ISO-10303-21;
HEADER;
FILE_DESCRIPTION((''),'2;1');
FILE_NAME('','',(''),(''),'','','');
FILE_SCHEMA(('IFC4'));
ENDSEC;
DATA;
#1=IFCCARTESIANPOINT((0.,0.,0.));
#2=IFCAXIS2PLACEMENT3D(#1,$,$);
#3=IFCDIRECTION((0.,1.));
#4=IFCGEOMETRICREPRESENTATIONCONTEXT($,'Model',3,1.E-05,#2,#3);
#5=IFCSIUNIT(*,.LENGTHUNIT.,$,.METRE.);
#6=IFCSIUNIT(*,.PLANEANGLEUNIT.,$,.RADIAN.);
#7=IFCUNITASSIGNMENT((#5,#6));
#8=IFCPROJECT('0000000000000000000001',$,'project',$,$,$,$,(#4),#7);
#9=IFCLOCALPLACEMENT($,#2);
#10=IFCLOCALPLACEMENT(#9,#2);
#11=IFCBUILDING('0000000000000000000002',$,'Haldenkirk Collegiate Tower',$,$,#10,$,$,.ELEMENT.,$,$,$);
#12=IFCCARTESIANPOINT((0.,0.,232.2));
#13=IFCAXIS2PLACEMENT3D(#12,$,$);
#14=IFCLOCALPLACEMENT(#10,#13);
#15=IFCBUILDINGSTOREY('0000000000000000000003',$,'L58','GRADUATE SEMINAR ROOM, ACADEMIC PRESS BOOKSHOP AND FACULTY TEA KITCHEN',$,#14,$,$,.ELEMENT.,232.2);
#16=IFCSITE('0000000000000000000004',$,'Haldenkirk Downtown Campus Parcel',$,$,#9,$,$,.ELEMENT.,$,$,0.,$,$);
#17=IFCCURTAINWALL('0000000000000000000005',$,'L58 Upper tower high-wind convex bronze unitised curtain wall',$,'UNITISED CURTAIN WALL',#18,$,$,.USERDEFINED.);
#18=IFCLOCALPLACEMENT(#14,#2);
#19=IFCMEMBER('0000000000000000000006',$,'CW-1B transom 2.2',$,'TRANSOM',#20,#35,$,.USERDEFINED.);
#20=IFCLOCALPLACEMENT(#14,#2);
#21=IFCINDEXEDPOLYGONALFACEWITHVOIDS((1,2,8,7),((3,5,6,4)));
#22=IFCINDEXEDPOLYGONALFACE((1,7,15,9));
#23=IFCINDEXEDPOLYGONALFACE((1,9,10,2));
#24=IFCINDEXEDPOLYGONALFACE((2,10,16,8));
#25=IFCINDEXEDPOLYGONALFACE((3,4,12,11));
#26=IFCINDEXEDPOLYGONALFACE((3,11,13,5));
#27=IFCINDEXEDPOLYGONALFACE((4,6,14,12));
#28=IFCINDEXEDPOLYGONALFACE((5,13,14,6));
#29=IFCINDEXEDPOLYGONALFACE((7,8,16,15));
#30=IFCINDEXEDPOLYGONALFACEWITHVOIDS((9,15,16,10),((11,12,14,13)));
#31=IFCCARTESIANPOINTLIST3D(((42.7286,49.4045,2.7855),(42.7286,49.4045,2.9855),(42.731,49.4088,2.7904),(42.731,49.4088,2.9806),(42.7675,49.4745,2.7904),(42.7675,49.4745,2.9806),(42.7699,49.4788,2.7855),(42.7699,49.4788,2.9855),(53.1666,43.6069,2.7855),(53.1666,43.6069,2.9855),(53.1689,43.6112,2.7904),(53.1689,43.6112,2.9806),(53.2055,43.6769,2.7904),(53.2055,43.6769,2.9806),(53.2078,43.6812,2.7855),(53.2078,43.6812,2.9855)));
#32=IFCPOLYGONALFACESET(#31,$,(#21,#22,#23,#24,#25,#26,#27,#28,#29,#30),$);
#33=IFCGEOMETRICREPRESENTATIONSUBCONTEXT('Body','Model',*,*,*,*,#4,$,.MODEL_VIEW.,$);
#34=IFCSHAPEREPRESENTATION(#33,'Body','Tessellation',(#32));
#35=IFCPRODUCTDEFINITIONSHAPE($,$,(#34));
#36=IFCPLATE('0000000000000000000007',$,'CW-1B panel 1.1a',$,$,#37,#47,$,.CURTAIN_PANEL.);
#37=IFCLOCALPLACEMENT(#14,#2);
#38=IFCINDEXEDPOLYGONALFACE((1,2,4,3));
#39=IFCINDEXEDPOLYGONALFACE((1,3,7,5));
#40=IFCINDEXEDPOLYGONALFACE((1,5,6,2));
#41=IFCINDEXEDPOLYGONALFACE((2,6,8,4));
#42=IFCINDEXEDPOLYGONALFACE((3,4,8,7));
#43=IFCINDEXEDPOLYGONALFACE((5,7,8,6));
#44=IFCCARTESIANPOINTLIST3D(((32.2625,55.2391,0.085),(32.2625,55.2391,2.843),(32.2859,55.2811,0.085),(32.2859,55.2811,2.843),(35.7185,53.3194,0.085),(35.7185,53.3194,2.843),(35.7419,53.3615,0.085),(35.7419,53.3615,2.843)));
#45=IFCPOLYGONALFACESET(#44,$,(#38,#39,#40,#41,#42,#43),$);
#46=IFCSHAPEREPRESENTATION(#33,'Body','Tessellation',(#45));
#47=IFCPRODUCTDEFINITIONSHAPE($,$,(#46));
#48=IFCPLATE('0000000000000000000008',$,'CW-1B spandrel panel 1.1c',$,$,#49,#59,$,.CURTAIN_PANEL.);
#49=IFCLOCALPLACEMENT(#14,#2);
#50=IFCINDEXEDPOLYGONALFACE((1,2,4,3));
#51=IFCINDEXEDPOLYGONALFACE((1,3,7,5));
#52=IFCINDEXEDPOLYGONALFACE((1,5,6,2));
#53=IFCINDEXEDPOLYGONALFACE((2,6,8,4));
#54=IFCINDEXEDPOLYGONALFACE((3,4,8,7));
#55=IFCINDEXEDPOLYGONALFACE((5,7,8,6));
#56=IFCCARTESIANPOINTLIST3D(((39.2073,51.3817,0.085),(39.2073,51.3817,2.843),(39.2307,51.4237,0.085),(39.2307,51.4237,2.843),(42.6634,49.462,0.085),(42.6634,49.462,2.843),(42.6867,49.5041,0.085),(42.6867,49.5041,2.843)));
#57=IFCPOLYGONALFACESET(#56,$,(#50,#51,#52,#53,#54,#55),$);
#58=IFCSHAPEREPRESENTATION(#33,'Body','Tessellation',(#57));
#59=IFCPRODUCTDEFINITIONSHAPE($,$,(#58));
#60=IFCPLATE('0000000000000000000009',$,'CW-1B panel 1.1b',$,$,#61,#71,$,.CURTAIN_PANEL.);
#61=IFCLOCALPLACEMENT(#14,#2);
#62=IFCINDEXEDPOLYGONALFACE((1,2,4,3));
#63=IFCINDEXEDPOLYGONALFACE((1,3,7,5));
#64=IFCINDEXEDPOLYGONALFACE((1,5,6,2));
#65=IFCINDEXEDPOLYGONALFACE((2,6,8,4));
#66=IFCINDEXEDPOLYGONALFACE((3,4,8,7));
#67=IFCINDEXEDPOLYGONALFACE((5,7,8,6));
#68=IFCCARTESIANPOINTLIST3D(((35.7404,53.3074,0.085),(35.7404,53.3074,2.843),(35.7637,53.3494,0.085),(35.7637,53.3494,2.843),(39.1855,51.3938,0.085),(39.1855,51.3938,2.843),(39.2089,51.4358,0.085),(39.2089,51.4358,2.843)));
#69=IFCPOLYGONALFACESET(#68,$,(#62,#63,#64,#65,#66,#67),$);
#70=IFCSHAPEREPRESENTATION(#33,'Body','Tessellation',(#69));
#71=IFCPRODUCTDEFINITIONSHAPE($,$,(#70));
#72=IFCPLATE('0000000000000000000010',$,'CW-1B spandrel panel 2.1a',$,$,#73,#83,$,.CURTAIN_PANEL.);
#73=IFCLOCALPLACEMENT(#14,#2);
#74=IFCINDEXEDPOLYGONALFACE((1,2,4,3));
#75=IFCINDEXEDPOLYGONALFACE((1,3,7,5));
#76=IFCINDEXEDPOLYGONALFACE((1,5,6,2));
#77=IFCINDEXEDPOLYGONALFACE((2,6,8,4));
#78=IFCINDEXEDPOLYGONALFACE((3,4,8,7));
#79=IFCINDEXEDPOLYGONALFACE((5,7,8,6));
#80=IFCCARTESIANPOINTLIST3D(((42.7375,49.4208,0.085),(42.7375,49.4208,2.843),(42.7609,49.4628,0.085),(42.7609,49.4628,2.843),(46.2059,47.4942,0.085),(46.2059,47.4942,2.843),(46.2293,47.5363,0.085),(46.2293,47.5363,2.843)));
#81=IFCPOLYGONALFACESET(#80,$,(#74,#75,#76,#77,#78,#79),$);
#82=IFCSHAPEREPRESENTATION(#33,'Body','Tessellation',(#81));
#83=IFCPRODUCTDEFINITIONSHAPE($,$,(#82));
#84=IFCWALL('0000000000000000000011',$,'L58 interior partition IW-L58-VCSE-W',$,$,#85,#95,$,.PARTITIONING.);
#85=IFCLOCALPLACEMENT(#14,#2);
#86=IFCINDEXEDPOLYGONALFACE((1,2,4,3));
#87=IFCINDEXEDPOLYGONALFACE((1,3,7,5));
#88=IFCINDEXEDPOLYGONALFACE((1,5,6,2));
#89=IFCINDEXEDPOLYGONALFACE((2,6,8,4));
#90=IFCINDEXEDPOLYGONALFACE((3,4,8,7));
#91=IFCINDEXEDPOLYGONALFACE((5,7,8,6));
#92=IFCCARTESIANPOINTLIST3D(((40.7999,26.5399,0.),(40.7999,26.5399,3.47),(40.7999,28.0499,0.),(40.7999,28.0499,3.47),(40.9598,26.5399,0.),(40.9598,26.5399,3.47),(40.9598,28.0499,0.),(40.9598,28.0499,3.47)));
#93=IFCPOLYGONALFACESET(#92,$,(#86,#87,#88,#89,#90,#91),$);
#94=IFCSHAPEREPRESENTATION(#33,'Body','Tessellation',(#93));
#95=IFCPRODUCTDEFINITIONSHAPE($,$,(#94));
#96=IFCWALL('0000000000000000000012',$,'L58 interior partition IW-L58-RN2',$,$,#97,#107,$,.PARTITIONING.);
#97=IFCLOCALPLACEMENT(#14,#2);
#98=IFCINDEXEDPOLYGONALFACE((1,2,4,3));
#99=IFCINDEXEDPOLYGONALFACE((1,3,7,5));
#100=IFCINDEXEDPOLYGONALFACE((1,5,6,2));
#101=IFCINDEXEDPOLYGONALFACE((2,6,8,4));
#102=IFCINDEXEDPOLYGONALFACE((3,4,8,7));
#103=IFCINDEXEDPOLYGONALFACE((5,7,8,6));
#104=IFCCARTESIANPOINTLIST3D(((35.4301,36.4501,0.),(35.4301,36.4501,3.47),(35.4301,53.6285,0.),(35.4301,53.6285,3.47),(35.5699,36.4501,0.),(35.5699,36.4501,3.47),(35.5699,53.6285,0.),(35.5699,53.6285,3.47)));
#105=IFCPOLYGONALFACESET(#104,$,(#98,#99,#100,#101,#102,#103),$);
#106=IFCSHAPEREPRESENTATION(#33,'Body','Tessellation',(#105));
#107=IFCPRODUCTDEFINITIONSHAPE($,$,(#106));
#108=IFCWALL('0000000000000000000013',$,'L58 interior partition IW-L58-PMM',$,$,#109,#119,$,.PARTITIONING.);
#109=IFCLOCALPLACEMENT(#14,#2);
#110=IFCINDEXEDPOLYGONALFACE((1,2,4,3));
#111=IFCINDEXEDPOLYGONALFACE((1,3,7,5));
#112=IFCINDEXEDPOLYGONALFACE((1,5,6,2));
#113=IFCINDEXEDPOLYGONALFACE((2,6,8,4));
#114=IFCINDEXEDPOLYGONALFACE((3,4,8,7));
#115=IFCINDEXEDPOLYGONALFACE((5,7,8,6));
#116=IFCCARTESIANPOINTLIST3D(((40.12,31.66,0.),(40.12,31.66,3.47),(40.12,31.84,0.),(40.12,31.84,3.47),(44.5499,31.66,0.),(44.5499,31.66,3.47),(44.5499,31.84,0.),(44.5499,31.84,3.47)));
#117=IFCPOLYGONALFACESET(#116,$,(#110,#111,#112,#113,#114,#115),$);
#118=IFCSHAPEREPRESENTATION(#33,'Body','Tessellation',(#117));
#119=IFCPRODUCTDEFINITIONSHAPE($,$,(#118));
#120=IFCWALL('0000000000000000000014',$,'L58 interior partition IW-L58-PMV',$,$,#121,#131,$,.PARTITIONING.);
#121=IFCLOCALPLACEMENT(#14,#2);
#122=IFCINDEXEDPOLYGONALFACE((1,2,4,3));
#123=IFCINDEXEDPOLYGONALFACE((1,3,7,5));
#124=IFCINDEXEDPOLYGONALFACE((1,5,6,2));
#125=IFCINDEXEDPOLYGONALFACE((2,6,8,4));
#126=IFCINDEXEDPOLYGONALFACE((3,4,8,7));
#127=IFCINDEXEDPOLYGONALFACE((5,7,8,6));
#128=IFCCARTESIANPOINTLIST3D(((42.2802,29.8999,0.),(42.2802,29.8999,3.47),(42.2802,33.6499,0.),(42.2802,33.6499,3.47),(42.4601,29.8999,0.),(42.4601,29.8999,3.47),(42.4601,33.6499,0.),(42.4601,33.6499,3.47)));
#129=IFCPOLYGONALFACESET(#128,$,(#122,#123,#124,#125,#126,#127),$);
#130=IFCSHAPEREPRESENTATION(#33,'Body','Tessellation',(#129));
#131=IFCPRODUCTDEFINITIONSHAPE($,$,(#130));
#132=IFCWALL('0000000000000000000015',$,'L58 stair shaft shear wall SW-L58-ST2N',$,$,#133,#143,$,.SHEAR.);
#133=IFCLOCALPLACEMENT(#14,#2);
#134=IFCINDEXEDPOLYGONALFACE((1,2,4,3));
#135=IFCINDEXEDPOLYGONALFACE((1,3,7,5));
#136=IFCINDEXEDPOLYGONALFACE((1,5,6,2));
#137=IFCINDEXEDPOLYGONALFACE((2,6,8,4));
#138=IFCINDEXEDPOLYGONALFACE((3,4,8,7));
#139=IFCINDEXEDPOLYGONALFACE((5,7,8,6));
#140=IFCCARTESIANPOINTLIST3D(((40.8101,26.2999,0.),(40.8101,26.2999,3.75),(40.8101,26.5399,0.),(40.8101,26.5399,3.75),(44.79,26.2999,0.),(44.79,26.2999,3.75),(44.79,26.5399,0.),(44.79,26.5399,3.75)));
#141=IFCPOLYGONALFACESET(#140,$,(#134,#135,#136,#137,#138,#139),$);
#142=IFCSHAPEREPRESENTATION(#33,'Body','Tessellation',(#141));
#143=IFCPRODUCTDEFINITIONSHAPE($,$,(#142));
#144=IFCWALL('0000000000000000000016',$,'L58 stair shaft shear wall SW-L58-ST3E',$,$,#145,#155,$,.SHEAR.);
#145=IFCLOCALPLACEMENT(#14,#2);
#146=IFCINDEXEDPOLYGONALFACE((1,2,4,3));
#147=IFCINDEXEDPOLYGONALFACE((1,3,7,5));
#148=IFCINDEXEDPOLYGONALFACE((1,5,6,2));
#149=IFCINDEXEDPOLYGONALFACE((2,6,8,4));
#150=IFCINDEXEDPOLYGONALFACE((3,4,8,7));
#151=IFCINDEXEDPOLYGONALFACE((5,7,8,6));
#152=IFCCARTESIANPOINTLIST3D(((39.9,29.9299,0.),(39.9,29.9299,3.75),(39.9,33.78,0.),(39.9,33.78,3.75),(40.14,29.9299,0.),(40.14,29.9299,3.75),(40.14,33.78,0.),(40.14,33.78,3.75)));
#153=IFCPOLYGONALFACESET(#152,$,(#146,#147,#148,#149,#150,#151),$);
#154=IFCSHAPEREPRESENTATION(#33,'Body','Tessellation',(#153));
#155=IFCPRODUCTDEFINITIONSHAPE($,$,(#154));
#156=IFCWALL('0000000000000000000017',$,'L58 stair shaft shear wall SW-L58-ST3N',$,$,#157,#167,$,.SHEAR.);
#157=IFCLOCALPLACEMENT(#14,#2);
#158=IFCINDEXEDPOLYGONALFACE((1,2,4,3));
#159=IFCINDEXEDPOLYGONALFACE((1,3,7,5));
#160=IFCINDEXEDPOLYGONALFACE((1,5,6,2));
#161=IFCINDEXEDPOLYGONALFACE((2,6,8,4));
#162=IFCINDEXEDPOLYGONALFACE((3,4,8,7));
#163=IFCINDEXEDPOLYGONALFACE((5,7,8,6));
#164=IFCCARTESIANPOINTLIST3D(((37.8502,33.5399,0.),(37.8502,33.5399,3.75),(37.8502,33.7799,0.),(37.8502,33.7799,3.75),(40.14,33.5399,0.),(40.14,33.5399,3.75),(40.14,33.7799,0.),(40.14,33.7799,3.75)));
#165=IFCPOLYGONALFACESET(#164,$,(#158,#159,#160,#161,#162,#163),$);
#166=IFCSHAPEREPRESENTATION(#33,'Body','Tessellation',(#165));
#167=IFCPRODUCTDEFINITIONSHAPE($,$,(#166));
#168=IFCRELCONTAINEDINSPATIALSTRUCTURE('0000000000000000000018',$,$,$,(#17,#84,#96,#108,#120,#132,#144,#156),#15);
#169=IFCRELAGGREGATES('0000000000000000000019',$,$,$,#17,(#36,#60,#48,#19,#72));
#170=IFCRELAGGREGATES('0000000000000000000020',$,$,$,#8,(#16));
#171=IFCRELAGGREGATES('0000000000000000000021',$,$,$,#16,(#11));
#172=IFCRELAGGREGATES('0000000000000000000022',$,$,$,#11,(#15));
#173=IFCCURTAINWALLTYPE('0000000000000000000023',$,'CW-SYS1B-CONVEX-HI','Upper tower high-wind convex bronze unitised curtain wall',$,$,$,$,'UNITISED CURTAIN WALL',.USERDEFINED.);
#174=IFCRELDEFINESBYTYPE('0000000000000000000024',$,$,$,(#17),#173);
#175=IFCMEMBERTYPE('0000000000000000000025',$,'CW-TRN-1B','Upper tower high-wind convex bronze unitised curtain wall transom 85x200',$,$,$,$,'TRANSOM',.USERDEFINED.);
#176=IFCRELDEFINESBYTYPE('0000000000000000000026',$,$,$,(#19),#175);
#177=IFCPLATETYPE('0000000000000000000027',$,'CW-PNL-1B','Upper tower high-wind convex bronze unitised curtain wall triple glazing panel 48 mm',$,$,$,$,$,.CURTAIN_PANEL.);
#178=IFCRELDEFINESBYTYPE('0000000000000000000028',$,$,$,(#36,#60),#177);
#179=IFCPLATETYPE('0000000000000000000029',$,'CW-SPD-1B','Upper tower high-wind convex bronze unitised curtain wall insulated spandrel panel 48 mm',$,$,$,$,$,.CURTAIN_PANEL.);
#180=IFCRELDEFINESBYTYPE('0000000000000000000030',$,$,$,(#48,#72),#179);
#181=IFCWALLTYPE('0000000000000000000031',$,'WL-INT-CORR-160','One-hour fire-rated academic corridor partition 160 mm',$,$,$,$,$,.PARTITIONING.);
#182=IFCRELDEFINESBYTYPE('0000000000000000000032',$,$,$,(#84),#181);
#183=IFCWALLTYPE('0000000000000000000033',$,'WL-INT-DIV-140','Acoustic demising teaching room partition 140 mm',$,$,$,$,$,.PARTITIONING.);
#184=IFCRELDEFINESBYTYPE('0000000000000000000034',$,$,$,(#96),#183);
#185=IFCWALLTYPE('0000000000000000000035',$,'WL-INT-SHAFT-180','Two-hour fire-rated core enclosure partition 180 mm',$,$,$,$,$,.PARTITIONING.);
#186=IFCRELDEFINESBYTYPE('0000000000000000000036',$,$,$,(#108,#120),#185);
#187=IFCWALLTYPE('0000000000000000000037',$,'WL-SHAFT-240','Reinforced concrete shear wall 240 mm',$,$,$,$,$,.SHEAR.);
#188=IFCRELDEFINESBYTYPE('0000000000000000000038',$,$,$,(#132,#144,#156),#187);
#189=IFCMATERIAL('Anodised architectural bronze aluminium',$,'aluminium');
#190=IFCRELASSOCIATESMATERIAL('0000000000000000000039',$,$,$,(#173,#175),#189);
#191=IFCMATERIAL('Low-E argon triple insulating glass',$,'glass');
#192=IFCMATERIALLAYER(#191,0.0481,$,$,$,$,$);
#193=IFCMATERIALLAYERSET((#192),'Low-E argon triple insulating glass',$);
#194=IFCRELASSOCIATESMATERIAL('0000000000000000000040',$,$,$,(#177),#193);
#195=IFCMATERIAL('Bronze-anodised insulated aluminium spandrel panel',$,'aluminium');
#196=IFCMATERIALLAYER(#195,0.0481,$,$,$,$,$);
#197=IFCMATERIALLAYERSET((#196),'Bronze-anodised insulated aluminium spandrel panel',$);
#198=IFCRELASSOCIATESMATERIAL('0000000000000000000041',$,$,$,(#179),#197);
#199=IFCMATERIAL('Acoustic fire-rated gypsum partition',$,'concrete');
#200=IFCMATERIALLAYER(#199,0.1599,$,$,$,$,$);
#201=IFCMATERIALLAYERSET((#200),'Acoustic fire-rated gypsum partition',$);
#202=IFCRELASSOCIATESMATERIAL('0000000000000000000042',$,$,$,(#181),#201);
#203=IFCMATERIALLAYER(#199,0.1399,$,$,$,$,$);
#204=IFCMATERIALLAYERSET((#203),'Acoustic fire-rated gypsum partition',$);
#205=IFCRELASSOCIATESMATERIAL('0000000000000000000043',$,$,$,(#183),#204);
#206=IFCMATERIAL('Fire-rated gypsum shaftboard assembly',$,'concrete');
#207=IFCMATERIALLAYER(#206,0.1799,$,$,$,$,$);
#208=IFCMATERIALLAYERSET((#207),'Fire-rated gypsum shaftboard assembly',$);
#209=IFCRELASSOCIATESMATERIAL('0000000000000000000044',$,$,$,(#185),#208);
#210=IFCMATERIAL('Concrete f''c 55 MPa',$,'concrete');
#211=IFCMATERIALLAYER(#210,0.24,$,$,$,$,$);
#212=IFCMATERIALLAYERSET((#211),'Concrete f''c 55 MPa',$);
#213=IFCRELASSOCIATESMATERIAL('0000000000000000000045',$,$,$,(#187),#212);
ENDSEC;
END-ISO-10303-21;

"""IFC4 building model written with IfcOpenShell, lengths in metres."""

from ifc_helpers import new_model, si_unit, direction, frame, frame_2d, origin, origin_2d, place, context, subcontext, project, spatial, rectangle, hollow_rectangle, extrude, source, transform, mapped, material, layer, layer_set, material_profile, profile_set, type_object, element, aggregate, save


model = new_model("IFC4")

# Units and contexts
model_context = context("Model", 3, precision=1e-05, world=origin(), true_north=direction((0.0, 1.0)))
body_context = subcontext(model_context, "Body", "Model", "MODEL_VIEW")
ifc_project = project(units=[si_unit("LENGTHUNIT", "METRE"), si_unit("PLANEANGLEUNIT", "RADIAN")], contexts=[model_context])

# Site, building, storey
site_placement = place(None, origin())
site = spatial("IfcSite", under=ifc_project, at=site_placement, Name="Haldenkirk Downtown Campus Parcel", CompositionType="ELEMENT", RefElevation=0.0)
building_placement = place(site_placement, origin())
building = spatial("IfcBuilding", under=site, at=building_placement, Name="Haldenkirk Collegiate Tower", CompositionType="ELEMENT")
storey_placement = place(building_placement, frame((0.0, 0.0, 232.2)))
storey = spatial("IfcBuildingStorey", under=building, at=storey_placement, Name="L58", Description="GRADUATE SEMINAR ROOM, ACADEMIC PRESS BOOKSHOP AND FACULTY TEA KITCHEN", CompositionType="ELEMENT", Elevation=232.2)

# Curtain wall, member, plates
ifc_material_1 = material(Name="Anodised architectural bronze aluminium", Category="aluminium")
curtain_wall_type = type_object("IfcCurtainWallType", Name="CW-SYS1B-CONVEX-HI", Description="Upper tower high-wind convex bronze unitised curtain wall", ElementType="UNITISED CURTAIN WALL", PredefinedType="USERDEFINED", material=ifc_material_1)
curtain_wall_placement = place(storey_placement, origin())
curtain_wall = element("IfcCurtainWall", 1, at=curtain_wall_placement, inside=storey, type_object=curtain_wall_type, Name="L58 Upper tower high-wind convex bronze unitised curtain wall", ObjectType="UNITISED CURTAIN WALL", PredefinedType="USERDEFINED")
ifc_material_profile_1 = material_profile(ifc_material_1, hollow_rectangle(XDim=0.085, YDim=0.2, WallThickness=0.0049, at=origin_2d()), Name="CW-TRN-1B")
ifc_profile_set_1 = profile_set([ifc_material_profile_1], Name="Anodised architectural bronze aluminium")
member_type_1 = type_object("IfcMemberType", Name="CW-TRN-1B", Description="Upper tower high-wind convex bronze unitised curtain wall transom 85x200", ElementType="TRANSOM", PredefinedType="USERDEFINED", material=ifc_profile_set_1)
member_1_placement = place(storey_placement, frame((42.7493, 49.4417, 2.8855), z_axis=(0.874203, -0.485561, 0.0), x_axis=(0.485561, 0.874203, 0.0)))
member_1 = element("IfcMember", 2, at=member_1_placement, type_object=member_type_1, Name="CW-1B transom 2.2", ObjectType="TRANSOM", PredefinedType="USERDEFINED", context=body_context, shape_type="SweptSolid", body=[
    extrude(hollow_rectangle(XDim=0.085, YDim=0.2, WallThickness=0.0049, at=origin_2d()), origin(), (0.0, 0.0, 1.0), 11.9399),
])
ifc_material_2 = material(Name="Low-E argon triple insulating glass", Category="glass")
ifc_layer_1 = layer(ifc_material_2, 0.0481)
ifc_layer_set_1 = layer_set([ifc_layer_1], Name="Low-E argon triple insulating glass")
plate_type_1 = type_object("IfcPlateType", Name="CW-PNL-1B", Description="Upper tower high-wind convex bronze unitised curtain wall triple glazing panel 48 mm", PredefinedType="CURTAIN_PANEL", material=ifc_layer_set_1)
shared_shape_1 = source(origin(), body_context, "Body", "SweptSolid", [
    extrude(rectangle(XDim=3.9534, YDim=0.0481, at=origin_2d()), origin(), (0.0, 0.0, 1.0), 2.7581),
])
plate_1_placement = place(storey_placement, frame((34.0022, 54.3003, 0.085), z_axis=(0.0, 0.0, 1.0), x_axis=(0.874196, -0.485572, 0.0)))
plate_1 = element("IfcPlate", 3, at=plate_1_placement, type_object=plate_type_1, Name="CW-1B panel 1.1a", PredefinedType="CURTAIN_PANEL", context=body_context, shape_type="MappedRepresentation", body=[
    mapped(shared_shape_1, transform((0.0, 0.0, 0.0), x_axis=(1.0, 0.0, 0.0), y_axis=(0.0, 1.0, 0.0), z_axis=(0.0, 0.0, 1.0), scale=1.0)),
])
ifc_material_3 = material(Name="Bronze-anodised insulated aluminium spandrel panel", Category="aluminium")
ifc_layer_2 = layer(ifc_material_3, 0.0481)
ifc_layer_set_2 = layer_set([ifc_layer_2], Name="Bronze-anodised insulated aluminium spandrel panel")
plate_type_2 = type_object("IfcPlateType", Name="CW-SPD-1B", Description="Upper tower high-wind convex bronze unitised curtain wall insulated spandrel panel 48 mm", PredefinedType="CURTAIN_PANEL", material=ifc_layer_set_2)
plate_2_placement = place(storey_placement, frame((40.947, 50.4429, 0.085), z_axis=(0.0, 0.0, 1.0), x_axis=(0.874196, -0.485572, 0.0)))
plate_2 = element("IfcPlate", 4, at=plate_2_placement, type_object=plate_type_2, Name="CW-1B spandrel panel 1.1c", PredefinedType="CURTAIN_PANEL", context=body_context, shape_type="MappedRepresentation", body=[
    mapped(shared_shape_1, transform((0.0, 0.0, 0.0), x_axis=(1.0, 0.0, 0.0), y_axis=(0.0, 1.0, 0.0), z_axis=(0.0, 0.0, 1.0), scale=1.0)),
])
shared_shape_2 = source(origin(), body_context, "Body", "SweptSolid", [
    extrude(rectangle(XDim=3.9409, YDim=0.0481, at=origin_2d()), origin(), (0.0, 0.0, 1.0), 2.7581),
])
plate_3_placement = place(storey_placement, frame((37.4746, 52.3716, 0.085), z_axis=(0.0, 0.0, 1.0), x_axis=(0.874196, -0.485572, 0.0)))
plate_3 = element("IfcPlate", 5, at=plate_3_placement, type_object=plate_type_1, Name="CW-1B panel 1.1b", PredefinedType="CURTAIN_PANEL", context=body_context, shape_type="MappedRepresentation", body=[
    mapped(shared_shape_2, transform((0.0, 0.0, 0.0), x_axis=(1.0, 0.0, 0.0), y_axis=(0.0, 1.0, 0.0), z_axis=(0.0, 0.0, 1.0), scale=1.0)),
])
shared_shape_3 = source(origin(), body_context, "Body", "SweptSolid", [
    extrude(rectangle(XDim=3.9675, YDim=0.0481, at=origin_2d()), origin(), (0.0, 0.0, 1.0), 2.7581),
])
plate_4_placement = place(storey_placement, frame((44.4834, 48.4785, 0.085), z_axis=(0.0, 0.0, 1.0), x_axis=(0.874196, -0.485572, 0.0)))
plate_4 = element("IfcPlate", 6, at=plate_4_placement, type_object=plate_type_2, Name="CW-1B spandrel panel 2.1a", PredefinedType="CURTAIN_PANEL", context=body_context, shape_type="MappedRepresentation", body=[
    mapped(shared_shape_3, transform((0.0, 0.0, 0.0), x_axis=(1.0, 0.0, 0.0), y_axis=(0.0, 1.0, 0.0), z_axis=(0.0, 0.0, 1.0), scale=1.0)),
])
aggregate(curtain_wall, [plate_1, plate_3, plate_2, member_1, plate_4])

# Shared definitions
ifc_material_4 = material(Name="Acoustic fire-rated gypsum partition", Category="concrete")
ifc_layer_3 = layer(ifc_material_4, 0.1599)
ifc_layer_set_3 = layer_set([ifc_layer_3], Name="Acoustic fire-rated gypsum partition")
wall_type_1 = type_object("IfcWallType", Name="WL-INT-CORR-160", Description="One-hour fire-rated academic corridor partition 160 mm", PredefinedType="PARTITIONING", material=ifc_layer_set_3)

# Walls
wall_1_placement = place(storey_placement, frame((40.8799, 26.54, 0.0), z_axis=(0.0, 0.0, 1.0), x_axis=(0.0, 1.0, 0.0)))
element("IfcWall", 7, at=wall_1_placement, inside=storey, type_object=wall_type_1, Name="L58 interior partition IW-L58-VCSE-W", PredefinedType="PARTITIONING", context=body_context, shape_type="SweptSolid", body=[
    extrude(rectangle(XDim=1.51, YDim=0.1599, at=frame_2d((0.7549, 0.0))), origin(), (0.0, 0.0, 1.0), 3.47),
])
ifc_layer_4 = layer(ifc_material_4, 0.1399)
ifc_layer_set_4 = layer_set([ifc_layer_4], Name="Acoustic fire-rated gypsum partition")
wall_type_2 = type_object("IfcWallType", Name="WL-INT-DIV-140", Description="Acoustic demising teaching room partition 140 mm", PredefinedType="PARTITIONING", material=ifc_layer_set_4)
wall_2_placement = place(storey_placement, frame((35.5, 36.45, 0.0), z_axis=(0.0, 0.0, 1.0), x_axis=(0.0, 1.0, 0.0)))
element("IfcWall", 8, at=wall_2_placement, inside=storey, type_object=wall_type_2, Name="L58 interior partition IW-L58-RN2", PredefinedType="PARTITIONING", context=body_context, shape_type="SweptSolid", body=[
    extrude(rectangle(XDim=17.1785, YDim=0.1399, at=frame_2d((8.5894, 0.0))), origin(), (0.0, 0.0, 1.0), 3.47),
])

# Shared definitions
ifc_material_5 = material(Name="Fire-rated gypsum shaftboard assembly", Category="concrete")
ifc_layer_5 = layer(ifc_material_5, 0.1799)
ifc_layer_set_5 = layer_set([ifc_layer_5], Name="Fire-rated gypsum shaftboard assembly")
wall_type_3 = type_object("IfcWallType", Name="WL-INT-SHAFT-180", Description="Two-hour fire-rated core enclosure partition 180 mm", PredefinedType="PARTITIONING", material=ifc_layer_set_5)

# Walls
wall_3_placement = place(storey_placement, frame((40.1201, 31.75, 0.0), z_axis=(0.0, 0.0, 1.0), x_axis=(1.0, 0.0, 0.0)))
element("IfcWall", 9, at=wall_3_placement, inside=storey, type_object=wall_type_3, Name="L58 interior partition IW-L58-PMM", PredefinedType="PARTITIONING", context=body_context, shape_type="SweptSolid", body=[
    extrude(rectangle(XDim=4.4299, YDim=0.1799, at=frame_2d((2.2148, 0.0))), origin(), (0.0, 0.0, 1.0), 3.47),
])
wall_4_placement = place(storey_placement, frame((42.3701, 29.8999, 0.0), z_axis=(0.0, 0.0, 1.0), x_axis=(0.0, 1.0, 0.0)))
element("IfcWall", 10, at=wall_4_placement, inside=storey, type_object=wall_type_3, Name="L58 interior partition IW-L58-PMV", PredefinedType="PARTITIONING", context=body_context, shape_type="SweptSolid", body=[
    extrude(rectangle(XDim=3.75, YDim=0.1799, at=frame_2d((1.875, 0.0))), origin(), (0.0, 0.0, 1.0), 3.47),
])
ifc_material_6 = material(Name="Concrete f'c 55 MPa", Category="concrete")
ifc_layer_6 = layer(ifc_material_6, 0.24)
ifc_layer_set_6 = layer_set([ifc_layer_6], Name="Concrete f'c 55 MPa")
wall_type_4 = type_object("IfcWallType", Name="WL-SHAFT-240", Description="Reinforced concrete shear wall 240 mm", PredefinedType="SHEAR", material=ifc_layer_set_6)
wall_5_placement = place(storey_placement, frame((40.8101, 26.4199, 0.0), z_axis=(0.0, 0.0, 1.0), x_axis=(1.0, 0.0, 0.0)))
element("IfcWall", 11, at=wall_5_placement, inside=storey, type_object=wall_type_4, Name="L58 stair shaft shear wall SW-L58-ST2N", PredefinedType="SHEAR", context=body_context, shape_type="SweptSolid", body=[
    extrude(rectangle(XDim=3.98, YDim=0.24, at=frame_2d((1.99, 0.0))), origin(), (0.0, 0.0, 1.0), 3.75),
])
wall_6_placement = place(storey_placement, frame((40.02, 29.9299, 0.0), z_axis=(0.0, 0.0, 1.0), x_axis=(0.0, 1.0, 0.0)))
element("IfcWall", 12, at=wall_6_placement, inside=storey, type_object=wall_type_4, Name="L58 stair shaft shear wall SW-L58-ST3E", PredefinedType="SHEAR", context=body_context, shape_type="SweptSolid", body=[
    extrude(rectangle(XDim=3.8501, YDim=0.24, at=frame_2d((1.925, 0.0))), origin(), (0.0, 0.0, 1.0), 3.75),
])
wall_7_placement = place(storey_placement, frame((37.8501, 33.6599, 0.0), z_axis=(0.0, 0.0, 1.0), x_axis=(1.0, 0.0, 0.0)))
element("IfcWall", 13, at=wall_7_placement, inside=storey, type_object=wall_type_4, Name="L58 stair shaft shear wall SW-L58-ST3N", PredefinedType="SHEAR", context=body_context, shape_type="SweptSolid", body=[
    extrude(rectangle(XDim=2.2898, YDim=0.24, at=frame_2d((1.145, 0.0))), origin(), (0.0, 0.0, 1.0), 3.75),
])

save(model, "model.ifc")
